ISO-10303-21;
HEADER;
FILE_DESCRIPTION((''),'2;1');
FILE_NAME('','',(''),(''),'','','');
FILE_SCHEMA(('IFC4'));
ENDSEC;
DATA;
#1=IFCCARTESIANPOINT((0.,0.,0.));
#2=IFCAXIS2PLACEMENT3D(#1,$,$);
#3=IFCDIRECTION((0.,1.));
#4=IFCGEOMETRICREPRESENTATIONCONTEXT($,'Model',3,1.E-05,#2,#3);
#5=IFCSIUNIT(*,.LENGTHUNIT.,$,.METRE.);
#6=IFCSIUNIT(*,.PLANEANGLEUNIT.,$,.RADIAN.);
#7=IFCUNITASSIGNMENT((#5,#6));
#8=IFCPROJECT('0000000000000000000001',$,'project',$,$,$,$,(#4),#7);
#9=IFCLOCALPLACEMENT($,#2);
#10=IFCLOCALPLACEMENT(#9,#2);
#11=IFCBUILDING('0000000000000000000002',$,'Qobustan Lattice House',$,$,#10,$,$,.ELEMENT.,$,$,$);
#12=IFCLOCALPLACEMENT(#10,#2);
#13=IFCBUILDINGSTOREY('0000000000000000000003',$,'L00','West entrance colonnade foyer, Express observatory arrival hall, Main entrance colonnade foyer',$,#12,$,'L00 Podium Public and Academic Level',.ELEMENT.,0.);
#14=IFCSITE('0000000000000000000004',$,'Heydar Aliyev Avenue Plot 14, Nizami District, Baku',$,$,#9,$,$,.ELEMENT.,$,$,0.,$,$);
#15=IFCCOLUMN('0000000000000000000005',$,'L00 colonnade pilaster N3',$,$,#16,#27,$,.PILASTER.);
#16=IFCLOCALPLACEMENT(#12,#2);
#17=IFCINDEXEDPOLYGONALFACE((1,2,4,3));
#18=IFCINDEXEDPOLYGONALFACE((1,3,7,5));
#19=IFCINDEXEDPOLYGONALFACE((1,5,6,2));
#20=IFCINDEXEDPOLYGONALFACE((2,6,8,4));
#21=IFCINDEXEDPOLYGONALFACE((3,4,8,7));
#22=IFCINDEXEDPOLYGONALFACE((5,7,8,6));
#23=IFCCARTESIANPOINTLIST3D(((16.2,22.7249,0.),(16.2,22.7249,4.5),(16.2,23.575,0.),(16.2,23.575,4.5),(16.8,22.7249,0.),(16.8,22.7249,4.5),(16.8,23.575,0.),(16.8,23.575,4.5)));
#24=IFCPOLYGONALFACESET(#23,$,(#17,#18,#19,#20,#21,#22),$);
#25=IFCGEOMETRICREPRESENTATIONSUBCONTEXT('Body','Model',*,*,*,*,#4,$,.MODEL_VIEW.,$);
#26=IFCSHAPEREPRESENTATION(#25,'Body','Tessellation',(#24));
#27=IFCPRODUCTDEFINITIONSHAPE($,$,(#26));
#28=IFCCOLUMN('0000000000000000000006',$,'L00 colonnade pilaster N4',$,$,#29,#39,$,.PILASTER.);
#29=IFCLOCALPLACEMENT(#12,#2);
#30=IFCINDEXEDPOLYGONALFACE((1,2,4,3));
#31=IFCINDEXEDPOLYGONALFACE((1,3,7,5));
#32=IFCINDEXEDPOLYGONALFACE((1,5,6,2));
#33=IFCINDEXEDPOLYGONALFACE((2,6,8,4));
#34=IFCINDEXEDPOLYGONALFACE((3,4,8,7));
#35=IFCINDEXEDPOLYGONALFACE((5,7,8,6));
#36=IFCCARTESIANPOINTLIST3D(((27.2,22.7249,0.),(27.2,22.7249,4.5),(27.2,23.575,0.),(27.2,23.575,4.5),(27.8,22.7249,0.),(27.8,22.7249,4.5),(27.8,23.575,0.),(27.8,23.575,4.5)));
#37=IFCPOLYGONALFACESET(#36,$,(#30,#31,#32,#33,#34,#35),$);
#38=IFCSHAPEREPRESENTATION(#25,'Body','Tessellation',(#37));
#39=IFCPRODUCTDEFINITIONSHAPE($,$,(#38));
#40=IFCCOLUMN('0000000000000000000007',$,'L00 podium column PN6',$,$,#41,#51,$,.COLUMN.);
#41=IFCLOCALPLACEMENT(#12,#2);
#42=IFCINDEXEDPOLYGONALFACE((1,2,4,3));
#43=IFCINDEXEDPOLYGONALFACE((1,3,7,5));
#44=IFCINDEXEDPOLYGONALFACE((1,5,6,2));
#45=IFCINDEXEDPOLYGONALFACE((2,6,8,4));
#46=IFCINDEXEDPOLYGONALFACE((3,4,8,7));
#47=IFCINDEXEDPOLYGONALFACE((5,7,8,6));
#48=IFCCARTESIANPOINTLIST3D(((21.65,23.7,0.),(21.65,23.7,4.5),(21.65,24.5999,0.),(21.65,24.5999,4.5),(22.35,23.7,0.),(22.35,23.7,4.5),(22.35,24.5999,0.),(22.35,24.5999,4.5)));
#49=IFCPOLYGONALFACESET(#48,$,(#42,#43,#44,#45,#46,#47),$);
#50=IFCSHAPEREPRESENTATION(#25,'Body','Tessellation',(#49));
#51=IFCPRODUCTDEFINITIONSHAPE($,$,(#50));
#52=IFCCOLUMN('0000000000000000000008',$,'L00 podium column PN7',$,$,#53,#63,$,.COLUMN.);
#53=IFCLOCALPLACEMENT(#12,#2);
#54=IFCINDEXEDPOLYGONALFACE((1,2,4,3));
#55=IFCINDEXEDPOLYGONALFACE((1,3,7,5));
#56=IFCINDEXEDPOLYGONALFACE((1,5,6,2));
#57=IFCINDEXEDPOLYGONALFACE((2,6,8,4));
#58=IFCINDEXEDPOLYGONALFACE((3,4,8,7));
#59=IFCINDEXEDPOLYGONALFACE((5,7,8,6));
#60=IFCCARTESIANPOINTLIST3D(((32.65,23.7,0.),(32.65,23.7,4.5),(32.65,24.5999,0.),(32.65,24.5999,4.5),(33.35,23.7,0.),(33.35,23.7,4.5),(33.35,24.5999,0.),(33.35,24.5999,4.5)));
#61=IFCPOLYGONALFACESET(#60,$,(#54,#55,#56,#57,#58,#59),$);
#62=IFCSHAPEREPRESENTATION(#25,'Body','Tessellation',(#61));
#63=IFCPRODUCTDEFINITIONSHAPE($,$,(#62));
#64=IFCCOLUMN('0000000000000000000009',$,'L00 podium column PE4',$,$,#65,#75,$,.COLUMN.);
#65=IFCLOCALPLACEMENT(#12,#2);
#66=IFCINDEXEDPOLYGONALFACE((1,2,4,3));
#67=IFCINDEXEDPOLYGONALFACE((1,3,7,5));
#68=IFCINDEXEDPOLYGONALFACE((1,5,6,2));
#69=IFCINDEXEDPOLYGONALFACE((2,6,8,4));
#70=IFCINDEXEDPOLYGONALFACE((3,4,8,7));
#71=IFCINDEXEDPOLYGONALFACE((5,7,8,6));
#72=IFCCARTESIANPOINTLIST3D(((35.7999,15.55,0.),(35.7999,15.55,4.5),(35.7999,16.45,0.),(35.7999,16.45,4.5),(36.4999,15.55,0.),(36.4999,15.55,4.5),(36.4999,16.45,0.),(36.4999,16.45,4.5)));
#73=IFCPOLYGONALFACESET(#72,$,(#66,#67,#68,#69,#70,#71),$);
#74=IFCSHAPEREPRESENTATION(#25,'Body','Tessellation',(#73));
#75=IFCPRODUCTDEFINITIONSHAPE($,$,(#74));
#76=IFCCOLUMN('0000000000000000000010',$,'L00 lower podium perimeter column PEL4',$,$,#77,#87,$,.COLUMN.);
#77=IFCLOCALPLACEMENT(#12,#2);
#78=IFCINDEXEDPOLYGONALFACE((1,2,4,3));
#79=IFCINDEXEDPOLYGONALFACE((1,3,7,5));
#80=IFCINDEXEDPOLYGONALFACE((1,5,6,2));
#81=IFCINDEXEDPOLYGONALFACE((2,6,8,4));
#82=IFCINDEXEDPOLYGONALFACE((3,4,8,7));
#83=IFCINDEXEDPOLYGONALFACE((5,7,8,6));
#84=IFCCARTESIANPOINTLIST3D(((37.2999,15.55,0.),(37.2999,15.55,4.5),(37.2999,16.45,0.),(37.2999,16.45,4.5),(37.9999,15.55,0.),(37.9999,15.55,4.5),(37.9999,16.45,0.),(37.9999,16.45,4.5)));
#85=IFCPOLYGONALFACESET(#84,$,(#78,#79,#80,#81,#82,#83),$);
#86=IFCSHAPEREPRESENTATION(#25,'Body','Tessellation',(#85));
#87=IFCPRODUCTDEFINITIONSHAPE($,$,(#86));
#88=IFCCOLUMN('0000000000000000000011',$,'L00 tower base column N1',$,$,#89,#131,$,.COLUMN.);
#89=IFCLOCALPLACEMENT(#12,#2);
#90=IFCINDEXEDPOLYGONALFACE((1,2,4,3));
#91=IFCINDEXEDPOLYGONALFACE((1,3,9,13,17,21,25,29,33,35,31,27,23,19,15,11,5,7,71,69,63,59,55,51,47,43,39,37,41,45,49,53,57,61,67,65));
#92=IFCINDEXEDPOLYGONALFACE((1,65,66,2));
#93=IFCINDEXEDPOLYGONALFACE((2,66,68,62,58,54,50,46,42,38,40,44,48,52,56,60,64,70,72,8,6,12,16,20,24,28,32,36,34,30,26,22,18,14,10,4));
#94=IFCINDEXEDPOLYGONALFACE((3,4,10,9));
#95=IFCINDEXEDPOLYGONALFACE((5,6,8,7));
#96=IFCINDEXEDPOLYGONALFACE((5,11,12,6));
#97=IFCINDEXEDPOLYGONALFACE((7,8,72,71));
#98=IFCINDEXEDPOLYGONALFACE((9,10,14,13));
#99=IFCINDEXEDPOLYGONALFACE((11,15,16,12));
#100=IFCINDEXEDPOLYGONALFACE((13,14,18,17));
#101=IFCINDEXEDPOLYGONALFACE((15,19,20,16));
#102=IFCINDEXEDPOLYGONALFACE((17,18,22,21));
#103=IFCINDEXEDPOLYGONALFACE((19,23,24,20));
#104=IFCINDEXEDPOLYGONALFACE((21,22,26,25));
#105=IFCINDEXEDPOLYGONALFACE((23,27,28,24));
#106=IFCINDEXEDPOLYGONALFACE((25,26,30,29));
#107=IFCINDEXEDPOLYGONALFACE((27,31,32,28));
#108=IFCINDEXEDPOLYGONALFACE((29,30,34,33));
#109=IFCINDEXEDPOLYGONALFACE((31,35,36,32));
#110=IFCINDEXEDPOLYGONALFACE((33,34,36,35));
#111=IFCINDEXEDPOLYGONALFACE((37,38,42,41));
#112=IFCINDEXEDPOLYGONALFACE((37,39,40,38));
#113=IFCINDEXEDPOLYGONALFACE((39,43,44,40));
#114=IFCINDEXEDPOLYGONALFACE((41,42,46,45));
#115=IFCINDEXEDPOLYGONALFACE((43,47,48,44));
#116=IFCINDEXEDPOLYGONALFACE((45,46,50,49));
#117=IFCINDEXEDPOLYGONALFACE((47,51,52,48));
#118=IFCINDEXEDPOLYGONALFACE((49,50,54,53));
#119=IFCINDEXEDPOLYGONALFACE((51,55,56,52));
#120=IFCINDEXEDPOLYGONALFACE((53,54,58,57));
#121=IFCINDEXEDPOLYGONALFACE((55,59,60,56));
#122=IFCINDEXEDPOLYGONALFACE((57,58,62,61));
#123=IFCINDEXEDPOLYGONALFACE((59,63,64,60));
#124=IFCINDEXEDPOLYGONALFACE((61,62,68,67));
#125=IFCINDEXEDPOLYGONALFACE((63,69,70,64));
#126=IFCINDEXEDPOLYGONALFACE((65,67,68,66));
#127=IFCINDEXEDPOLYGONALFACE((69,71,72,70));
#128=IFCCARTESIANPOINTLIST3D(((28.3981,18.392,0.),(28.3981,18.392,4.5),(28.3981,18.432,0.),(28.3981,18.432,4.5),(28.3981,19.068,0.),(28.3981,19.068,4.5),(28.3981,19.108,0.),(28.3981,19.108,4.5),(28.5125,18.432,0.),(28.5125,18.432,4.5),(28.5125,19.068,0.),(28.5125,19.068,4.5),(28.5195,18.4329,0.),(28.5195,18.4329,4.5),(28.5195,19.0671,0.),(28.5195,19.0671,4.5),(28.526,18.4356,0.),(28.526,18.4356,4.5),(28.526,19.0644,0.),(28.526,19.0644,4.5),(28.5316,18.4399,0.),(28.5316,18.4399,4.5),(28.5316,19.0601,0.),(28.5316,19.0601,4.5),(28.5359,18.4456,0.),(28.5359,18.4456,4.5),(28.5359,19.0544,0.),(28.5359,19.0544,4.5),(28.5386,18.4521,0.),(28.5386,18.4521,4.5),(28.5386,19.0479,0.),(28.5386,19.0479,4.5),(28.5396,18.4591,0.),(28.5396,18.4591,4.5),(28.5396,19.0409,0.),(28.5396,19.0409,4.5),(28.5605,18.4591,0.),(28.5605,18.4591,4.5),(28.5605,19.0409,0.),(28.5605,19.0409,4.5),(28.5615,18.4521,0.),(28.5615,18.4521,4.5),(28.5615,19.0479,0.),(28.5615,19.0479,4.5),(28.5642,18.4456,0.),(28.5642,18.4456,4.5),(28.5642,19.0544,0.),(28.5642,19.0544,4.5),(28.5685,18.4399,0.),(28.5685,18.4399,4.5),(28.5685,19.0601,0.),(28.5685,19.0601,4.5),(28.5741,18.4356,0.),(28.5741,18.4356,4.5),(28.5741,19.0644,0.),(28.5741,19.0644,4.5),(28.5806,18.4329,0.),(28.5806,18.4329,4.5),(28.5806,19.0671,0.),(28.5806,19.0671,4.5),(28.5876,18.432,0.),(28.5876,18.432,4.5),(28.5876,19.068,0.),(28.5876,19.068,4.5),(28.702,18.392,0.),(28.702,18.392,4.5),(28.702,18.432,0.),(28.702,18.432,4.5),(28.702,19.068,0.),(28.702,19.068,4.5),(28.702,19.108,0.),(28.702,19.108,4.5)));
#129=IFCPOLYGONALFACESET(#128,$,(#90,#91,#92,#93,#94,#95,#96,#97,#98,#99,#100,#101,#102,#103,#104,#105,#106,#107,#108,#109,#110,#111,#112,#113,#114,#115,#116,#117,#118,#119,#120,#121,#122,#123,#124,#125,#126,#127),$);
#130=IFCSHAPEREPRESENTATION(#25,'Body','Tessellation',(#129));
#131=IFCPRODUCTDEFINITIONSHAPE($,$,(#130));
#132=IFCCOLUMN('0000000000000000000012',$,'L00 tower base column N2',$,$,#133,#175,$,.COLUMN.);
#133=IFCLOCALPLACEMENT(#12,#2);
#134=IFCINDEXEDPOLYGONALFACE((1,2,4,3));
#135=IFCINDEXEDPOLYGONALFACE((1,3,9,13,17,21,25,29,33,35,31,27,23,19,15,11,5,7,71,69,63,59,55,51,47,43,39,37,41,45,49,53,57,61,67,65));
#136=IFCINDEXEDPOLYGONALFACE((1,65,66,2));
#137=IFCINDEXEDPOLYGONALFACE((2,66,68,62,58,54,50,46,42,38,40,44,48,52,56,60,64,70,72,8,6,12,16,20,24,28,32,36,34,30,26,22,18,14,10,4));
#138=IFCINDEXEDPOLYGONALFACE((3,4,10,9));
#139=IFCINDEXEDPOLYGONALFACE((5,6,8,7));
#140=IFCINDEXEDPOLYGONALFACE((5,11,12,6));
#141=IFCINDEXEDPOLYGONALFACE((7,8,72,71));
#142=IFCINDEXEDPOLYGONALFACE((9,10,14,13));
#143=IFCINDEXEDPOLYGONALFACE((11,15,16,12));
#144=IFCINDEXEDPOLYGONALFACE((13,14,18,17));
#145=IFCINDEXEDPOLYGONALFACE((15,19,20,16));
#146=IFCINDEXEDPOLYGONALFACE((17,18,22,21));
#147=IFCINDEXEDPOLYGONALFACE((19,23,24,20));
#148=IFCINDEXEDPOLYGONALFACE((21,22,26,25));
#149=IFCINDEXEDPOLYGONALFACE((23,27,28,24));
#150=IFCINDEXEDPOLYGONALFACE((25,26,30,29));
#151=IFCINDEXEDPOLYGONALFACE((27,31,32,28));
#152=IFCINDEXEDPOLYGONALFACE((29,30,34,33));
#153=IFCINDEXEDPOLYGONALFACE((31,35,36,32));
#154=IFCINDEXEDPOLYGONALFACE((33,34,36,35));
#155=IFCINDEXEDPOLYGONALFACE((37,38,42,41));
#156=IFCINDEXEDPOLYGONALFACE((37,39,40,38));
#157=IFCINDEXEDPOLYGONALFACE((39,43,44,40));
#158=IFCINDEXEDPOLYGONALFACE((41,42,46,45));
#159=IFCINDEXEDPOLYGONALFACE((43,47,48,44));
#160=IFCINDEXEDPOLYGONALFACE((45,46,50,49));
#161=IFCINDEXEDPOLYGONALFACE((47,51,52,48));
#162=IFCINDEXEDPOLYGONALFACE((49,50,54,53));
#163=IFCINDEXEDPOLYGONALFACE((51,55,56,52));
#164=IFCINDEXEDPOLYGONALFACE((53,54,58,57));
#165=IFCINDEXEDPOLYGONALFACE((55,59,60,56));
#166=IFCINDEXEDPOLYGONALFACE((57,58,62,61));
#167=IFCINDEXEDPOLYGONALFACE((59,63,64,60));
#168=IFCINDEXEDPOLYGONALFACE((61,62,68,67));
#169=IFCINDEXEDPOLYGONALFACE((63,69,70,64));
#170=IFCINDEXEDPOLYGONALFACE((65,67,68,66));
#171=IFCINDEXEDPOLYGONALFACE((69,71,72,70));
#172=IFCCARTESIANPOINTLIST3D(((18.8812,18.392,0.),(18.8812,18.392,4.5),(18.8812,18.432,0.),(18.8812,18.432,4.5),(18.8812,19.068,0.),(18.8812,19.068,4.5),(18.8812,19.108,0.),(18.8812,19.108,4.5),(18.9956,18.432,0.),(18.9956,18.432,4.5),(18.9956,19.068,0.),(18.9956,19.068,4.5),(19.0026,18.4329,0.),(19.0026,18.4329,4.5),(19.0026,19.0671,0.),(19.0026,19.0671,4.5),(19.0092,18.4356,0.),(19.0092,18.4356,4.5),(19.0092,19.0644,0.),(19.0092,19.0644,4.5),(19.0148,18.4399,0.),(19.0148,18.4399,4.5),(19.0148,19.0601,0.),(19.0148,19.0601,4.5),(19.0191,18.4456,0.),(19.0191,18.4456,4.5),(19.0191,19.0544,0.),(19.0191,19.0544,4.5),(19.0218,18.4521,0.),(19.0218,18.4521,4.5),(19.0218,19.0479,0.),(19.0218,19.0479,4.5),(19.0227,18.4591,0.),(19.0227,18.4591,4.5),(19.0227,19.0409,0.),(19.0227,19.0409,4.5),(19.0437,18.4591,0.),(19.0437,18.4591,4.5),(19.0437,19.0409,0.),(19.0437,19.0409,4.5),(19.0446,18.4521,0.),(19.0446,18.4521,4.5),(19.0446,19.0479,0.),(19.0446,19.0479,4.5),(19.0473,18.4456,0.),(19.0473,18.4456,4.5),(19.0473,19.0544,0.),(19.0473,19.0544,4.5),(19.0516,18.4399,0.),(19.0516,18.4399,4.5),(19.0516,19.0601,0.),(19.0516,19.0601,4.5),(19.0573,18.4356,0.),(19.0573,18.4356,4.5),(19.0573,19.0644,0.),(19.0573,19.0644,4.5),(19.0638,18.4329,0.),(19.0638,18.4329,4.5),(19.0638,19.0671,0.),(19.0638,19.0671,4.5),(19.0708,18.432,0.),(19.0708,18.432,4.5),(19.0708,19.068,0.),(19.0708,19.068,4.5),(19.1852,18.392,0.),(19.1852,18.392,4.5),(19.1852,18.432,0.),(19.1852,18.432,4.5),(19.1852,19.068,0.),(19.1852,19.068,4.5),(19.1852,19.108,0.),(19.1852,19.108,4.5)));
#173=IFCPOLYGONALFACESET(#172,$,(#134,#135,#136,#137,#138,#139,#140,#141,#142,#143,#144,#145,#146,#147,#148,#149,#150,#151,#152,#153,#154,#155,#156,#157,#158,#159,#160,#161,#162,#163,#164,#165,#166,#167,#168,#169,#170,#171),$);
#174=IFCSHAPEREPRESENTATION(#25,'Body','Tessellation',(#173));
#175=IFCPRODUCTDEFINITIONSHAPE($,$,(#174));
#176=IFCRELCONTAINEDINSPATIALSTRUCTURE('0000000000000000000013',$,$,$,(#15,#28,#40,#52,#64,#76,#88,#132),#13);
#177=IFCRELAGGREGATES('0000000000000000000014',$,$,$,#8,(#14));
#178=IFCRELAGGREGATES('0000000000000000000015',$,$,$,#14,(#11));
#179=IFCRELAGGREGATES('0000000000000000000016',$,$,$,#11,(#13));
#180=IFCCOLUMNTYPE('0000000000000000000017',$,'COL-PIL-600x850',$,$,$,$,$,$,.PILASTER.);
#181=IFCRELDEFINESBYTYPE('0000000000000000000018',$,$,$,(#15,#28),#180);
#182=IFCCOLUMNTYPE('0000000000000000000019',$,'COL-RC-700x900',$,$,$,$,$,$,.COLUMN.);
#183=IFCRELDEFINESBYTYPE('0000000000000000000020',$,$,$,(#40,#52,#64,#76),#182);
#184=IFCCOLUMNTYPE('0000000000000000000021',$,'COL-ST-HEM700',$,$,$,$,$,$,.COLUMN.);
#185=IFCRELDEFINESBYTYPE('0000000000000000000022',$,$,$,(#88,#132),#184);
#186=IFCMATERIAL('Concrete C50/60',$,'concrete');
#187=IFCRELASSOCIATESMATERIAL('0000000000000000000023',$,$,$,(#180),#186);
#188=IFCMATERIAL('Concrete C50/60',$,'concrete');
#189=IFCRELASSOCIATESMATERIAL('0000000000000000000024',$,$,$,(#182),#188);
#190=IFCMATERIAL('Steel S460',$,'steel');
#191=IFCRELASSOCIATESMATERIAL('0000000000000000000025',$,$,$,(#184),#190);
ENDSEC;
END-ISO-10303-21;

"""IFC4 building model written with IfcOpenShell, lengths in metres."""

from ifc_helpers import new_model, si_unit, direction, frame, origin, origin_2d, place, context, subcontext, project, spatial, rectangle, i_section, extrude, material, material_profile, profile_set, type_object, element, save


model = new_model("IFC4")

# Units and contexts
model_context = context("Model", 3, precision=1e-05, world=origin(), true_north=direction((0.0, 1.0)))
body_context = subcontext(model_context, "Body", "Model", "MODEL_VIEW")
ifc_project = project(units=[si_unit("LENGTHUNIT", "METRE"), si_unit("PLANEANGLEUNIT", "RADIAN")], contexts=[model_context])

# Site, building, storey
site_placement = place(None, origin())
site = spatial("IfcSite", under=ifc_project, at=site_placement, Name="Heydar Aliyev Avenue Plot 14, Nizami District, Baku", CompositionType="ELEMENT", RefElevation=0.0)
building_placement = place(site_placement, origin())
building = spatial("IfcBuilding", under=site, at=building_placement, Name="Qobustan Lattice House", CompositionType="ELEMENT")
storey_placement = place(building_placement, origin())
storey = spatial("IfcBuildingStorey", under=building, at=storey_placement, Name="L00", Description="West entrance colonnade foyer, Express observatory arrival hall, Main entrance colonnade foyer", LongName="L00 Podium Public and Academic Level", CompositionType="ELEMENT", Elevation=0.0)

# Columns
ifc_material_1 = material(Name="Concrete C50/60", Category="concrete")
ifc_material_profile_1 = material_profile(ifc_material_1, rectangle(XDim=0.6001, YDim=0.8501, at=origin_2d()), Name="RC600x850")
ifc_profile_set_1 = profile_set([ifc_material_profile_1], Name="Concrete C50/60")
column_type_1 = type_object("IfcColumnType", Name="COL-PIL-600x850", PredefinedType="PILASTER", material=ifc_profile_set_1)
for number, where, z_axis, x_axis, name in (
    (1, (16.5, 23.1499, 0.0), (0.0, 0.0, 1.0), (1.0, 0.0, 0.0), "L00 colonnade pilaster N3"),
    (2, (27.5, 23.1499, 0.0), (0.0, 0.0, 1.0), (1.0, 0.0, 0.0), "L00 colonnade pilaster N4"),
):
    element("IfcColumn", number, at=place(storey_placement, frame(where, z_axis=z_axis, x_axis=x_axis)), inside=storey, type_object=column_type_1, Name=name, PredefinedType="PILASTER", context=body_context, shape_type="SweptSolid", body=[
        extrude(rectangle(XDim=0.6001, YDim=0.8501, at=origin_2d()), origin(), (0.0, 0.0, 1.0), 4.5),
    ])
ifc_material_2 = material(Name="Concrete C50/60", Category="concrete")
ifc_material_profile_2 = material_profile(ifc_material_2, rectangle(XDim=0.7, YDim=0.8999, at=origin_2d()), Name="RC700x900")
ifc_profile_set_2 = profile_set([ifc_material_profile_2], Name="Concrete C50/60")
column_type_2 = type_object("IfcColumnType", Name="COL-RC-700x900", PredefinedType="COLUMN", material=ifc_profile_set_2)
for number, where, z_axis, x_axis, name in (
    (3, (22.0, 24.1499, 0.0), (0.0, 0.0, 1.0), (1.0, 0.0, 0.0), "L00 podium column PN6"),
    (4, (33.0, 24.1499, 0.0), (0.0, 0.0, 1.0), (1.0, 0.0, 0.0), "L00 podium column PN7"),
    (5, (36.1499, 16.0, 0.0), (0.0, 0.0, 1.0), (1.0, 0.0, 0.0), "L00 podium column PE4"),
    (6, (37.6499, 16.0, 0.0), (0.0, 0.0, 1.0), (1.0, 0.0, 0.0), "L00 lower podium perimeter column PEL4"),
):
    element("IfcColumn", number, at=place(storey_placement, frame(where, z_axis=z_axis, x_axis=x_axis)), inside=storey, type_object=column_type_2, Name=name, PredefinedType="COLUMN", context=body_context, shape_type="SweptSolid", body=[
        extrude(rectangle(XDim=0.7, YDim=0.8999, at=origin_2d()), origin(), (0.0, 0.0, 1.0), 4.5),
    ])
ifc_material_3 = material(Name="Steel S460", Category="steel")
ifc_material_profile_3 = material_profile(ifc_material_3, i_section(OverallWidth=0.304, OverallDepth=0.7161, WebThickness=0.021, FlangeThickness=0.04, FilletRadius=0.0271, at=origin_2d()), Name="HEM700")
ifc_profile_set_3 = profile_set([ifc_material_profile_3], Name="Steel S460")
column_type_3 = type_object("IfcColumnType", Name="COL-ST-HEM700", PredefinedType="COLUMN", material=ifc_profile_set_3)
for number, where, z_axis, x_axis, name in (
    (7, (28.55, 18.75, 0.0), (0.0, 0.0, 1.0), (1.0, 0.0, 0.0), "L00 tower base column N1"),
    (8, (19.0332, 18.75, 0.0), (0.0, 0.0, 1.0), (1.0, 0.0, 0.0), "L00 tower base column N2"),
):
    element("IfcColumn", number, at=place(storey_placement, frame(where, z_axis=z_axis, x_axis=x_axis)), inside=storey, type_object=column_type_3, Name=name, PredefinedType="COLUMN", context=body_context, shape_type="SweptSolid", body=[
        extrude(i_section(OverallWidth=0.304, OverallDepth=0.7161, WebThickness=0.021, FlangeThickness=0.04, FilletRadius=0.0271, at=origin_2d()), origin(), (0.0, 0.0, 1.0), 4.5),
    ])

save(model, "model.ifc")
